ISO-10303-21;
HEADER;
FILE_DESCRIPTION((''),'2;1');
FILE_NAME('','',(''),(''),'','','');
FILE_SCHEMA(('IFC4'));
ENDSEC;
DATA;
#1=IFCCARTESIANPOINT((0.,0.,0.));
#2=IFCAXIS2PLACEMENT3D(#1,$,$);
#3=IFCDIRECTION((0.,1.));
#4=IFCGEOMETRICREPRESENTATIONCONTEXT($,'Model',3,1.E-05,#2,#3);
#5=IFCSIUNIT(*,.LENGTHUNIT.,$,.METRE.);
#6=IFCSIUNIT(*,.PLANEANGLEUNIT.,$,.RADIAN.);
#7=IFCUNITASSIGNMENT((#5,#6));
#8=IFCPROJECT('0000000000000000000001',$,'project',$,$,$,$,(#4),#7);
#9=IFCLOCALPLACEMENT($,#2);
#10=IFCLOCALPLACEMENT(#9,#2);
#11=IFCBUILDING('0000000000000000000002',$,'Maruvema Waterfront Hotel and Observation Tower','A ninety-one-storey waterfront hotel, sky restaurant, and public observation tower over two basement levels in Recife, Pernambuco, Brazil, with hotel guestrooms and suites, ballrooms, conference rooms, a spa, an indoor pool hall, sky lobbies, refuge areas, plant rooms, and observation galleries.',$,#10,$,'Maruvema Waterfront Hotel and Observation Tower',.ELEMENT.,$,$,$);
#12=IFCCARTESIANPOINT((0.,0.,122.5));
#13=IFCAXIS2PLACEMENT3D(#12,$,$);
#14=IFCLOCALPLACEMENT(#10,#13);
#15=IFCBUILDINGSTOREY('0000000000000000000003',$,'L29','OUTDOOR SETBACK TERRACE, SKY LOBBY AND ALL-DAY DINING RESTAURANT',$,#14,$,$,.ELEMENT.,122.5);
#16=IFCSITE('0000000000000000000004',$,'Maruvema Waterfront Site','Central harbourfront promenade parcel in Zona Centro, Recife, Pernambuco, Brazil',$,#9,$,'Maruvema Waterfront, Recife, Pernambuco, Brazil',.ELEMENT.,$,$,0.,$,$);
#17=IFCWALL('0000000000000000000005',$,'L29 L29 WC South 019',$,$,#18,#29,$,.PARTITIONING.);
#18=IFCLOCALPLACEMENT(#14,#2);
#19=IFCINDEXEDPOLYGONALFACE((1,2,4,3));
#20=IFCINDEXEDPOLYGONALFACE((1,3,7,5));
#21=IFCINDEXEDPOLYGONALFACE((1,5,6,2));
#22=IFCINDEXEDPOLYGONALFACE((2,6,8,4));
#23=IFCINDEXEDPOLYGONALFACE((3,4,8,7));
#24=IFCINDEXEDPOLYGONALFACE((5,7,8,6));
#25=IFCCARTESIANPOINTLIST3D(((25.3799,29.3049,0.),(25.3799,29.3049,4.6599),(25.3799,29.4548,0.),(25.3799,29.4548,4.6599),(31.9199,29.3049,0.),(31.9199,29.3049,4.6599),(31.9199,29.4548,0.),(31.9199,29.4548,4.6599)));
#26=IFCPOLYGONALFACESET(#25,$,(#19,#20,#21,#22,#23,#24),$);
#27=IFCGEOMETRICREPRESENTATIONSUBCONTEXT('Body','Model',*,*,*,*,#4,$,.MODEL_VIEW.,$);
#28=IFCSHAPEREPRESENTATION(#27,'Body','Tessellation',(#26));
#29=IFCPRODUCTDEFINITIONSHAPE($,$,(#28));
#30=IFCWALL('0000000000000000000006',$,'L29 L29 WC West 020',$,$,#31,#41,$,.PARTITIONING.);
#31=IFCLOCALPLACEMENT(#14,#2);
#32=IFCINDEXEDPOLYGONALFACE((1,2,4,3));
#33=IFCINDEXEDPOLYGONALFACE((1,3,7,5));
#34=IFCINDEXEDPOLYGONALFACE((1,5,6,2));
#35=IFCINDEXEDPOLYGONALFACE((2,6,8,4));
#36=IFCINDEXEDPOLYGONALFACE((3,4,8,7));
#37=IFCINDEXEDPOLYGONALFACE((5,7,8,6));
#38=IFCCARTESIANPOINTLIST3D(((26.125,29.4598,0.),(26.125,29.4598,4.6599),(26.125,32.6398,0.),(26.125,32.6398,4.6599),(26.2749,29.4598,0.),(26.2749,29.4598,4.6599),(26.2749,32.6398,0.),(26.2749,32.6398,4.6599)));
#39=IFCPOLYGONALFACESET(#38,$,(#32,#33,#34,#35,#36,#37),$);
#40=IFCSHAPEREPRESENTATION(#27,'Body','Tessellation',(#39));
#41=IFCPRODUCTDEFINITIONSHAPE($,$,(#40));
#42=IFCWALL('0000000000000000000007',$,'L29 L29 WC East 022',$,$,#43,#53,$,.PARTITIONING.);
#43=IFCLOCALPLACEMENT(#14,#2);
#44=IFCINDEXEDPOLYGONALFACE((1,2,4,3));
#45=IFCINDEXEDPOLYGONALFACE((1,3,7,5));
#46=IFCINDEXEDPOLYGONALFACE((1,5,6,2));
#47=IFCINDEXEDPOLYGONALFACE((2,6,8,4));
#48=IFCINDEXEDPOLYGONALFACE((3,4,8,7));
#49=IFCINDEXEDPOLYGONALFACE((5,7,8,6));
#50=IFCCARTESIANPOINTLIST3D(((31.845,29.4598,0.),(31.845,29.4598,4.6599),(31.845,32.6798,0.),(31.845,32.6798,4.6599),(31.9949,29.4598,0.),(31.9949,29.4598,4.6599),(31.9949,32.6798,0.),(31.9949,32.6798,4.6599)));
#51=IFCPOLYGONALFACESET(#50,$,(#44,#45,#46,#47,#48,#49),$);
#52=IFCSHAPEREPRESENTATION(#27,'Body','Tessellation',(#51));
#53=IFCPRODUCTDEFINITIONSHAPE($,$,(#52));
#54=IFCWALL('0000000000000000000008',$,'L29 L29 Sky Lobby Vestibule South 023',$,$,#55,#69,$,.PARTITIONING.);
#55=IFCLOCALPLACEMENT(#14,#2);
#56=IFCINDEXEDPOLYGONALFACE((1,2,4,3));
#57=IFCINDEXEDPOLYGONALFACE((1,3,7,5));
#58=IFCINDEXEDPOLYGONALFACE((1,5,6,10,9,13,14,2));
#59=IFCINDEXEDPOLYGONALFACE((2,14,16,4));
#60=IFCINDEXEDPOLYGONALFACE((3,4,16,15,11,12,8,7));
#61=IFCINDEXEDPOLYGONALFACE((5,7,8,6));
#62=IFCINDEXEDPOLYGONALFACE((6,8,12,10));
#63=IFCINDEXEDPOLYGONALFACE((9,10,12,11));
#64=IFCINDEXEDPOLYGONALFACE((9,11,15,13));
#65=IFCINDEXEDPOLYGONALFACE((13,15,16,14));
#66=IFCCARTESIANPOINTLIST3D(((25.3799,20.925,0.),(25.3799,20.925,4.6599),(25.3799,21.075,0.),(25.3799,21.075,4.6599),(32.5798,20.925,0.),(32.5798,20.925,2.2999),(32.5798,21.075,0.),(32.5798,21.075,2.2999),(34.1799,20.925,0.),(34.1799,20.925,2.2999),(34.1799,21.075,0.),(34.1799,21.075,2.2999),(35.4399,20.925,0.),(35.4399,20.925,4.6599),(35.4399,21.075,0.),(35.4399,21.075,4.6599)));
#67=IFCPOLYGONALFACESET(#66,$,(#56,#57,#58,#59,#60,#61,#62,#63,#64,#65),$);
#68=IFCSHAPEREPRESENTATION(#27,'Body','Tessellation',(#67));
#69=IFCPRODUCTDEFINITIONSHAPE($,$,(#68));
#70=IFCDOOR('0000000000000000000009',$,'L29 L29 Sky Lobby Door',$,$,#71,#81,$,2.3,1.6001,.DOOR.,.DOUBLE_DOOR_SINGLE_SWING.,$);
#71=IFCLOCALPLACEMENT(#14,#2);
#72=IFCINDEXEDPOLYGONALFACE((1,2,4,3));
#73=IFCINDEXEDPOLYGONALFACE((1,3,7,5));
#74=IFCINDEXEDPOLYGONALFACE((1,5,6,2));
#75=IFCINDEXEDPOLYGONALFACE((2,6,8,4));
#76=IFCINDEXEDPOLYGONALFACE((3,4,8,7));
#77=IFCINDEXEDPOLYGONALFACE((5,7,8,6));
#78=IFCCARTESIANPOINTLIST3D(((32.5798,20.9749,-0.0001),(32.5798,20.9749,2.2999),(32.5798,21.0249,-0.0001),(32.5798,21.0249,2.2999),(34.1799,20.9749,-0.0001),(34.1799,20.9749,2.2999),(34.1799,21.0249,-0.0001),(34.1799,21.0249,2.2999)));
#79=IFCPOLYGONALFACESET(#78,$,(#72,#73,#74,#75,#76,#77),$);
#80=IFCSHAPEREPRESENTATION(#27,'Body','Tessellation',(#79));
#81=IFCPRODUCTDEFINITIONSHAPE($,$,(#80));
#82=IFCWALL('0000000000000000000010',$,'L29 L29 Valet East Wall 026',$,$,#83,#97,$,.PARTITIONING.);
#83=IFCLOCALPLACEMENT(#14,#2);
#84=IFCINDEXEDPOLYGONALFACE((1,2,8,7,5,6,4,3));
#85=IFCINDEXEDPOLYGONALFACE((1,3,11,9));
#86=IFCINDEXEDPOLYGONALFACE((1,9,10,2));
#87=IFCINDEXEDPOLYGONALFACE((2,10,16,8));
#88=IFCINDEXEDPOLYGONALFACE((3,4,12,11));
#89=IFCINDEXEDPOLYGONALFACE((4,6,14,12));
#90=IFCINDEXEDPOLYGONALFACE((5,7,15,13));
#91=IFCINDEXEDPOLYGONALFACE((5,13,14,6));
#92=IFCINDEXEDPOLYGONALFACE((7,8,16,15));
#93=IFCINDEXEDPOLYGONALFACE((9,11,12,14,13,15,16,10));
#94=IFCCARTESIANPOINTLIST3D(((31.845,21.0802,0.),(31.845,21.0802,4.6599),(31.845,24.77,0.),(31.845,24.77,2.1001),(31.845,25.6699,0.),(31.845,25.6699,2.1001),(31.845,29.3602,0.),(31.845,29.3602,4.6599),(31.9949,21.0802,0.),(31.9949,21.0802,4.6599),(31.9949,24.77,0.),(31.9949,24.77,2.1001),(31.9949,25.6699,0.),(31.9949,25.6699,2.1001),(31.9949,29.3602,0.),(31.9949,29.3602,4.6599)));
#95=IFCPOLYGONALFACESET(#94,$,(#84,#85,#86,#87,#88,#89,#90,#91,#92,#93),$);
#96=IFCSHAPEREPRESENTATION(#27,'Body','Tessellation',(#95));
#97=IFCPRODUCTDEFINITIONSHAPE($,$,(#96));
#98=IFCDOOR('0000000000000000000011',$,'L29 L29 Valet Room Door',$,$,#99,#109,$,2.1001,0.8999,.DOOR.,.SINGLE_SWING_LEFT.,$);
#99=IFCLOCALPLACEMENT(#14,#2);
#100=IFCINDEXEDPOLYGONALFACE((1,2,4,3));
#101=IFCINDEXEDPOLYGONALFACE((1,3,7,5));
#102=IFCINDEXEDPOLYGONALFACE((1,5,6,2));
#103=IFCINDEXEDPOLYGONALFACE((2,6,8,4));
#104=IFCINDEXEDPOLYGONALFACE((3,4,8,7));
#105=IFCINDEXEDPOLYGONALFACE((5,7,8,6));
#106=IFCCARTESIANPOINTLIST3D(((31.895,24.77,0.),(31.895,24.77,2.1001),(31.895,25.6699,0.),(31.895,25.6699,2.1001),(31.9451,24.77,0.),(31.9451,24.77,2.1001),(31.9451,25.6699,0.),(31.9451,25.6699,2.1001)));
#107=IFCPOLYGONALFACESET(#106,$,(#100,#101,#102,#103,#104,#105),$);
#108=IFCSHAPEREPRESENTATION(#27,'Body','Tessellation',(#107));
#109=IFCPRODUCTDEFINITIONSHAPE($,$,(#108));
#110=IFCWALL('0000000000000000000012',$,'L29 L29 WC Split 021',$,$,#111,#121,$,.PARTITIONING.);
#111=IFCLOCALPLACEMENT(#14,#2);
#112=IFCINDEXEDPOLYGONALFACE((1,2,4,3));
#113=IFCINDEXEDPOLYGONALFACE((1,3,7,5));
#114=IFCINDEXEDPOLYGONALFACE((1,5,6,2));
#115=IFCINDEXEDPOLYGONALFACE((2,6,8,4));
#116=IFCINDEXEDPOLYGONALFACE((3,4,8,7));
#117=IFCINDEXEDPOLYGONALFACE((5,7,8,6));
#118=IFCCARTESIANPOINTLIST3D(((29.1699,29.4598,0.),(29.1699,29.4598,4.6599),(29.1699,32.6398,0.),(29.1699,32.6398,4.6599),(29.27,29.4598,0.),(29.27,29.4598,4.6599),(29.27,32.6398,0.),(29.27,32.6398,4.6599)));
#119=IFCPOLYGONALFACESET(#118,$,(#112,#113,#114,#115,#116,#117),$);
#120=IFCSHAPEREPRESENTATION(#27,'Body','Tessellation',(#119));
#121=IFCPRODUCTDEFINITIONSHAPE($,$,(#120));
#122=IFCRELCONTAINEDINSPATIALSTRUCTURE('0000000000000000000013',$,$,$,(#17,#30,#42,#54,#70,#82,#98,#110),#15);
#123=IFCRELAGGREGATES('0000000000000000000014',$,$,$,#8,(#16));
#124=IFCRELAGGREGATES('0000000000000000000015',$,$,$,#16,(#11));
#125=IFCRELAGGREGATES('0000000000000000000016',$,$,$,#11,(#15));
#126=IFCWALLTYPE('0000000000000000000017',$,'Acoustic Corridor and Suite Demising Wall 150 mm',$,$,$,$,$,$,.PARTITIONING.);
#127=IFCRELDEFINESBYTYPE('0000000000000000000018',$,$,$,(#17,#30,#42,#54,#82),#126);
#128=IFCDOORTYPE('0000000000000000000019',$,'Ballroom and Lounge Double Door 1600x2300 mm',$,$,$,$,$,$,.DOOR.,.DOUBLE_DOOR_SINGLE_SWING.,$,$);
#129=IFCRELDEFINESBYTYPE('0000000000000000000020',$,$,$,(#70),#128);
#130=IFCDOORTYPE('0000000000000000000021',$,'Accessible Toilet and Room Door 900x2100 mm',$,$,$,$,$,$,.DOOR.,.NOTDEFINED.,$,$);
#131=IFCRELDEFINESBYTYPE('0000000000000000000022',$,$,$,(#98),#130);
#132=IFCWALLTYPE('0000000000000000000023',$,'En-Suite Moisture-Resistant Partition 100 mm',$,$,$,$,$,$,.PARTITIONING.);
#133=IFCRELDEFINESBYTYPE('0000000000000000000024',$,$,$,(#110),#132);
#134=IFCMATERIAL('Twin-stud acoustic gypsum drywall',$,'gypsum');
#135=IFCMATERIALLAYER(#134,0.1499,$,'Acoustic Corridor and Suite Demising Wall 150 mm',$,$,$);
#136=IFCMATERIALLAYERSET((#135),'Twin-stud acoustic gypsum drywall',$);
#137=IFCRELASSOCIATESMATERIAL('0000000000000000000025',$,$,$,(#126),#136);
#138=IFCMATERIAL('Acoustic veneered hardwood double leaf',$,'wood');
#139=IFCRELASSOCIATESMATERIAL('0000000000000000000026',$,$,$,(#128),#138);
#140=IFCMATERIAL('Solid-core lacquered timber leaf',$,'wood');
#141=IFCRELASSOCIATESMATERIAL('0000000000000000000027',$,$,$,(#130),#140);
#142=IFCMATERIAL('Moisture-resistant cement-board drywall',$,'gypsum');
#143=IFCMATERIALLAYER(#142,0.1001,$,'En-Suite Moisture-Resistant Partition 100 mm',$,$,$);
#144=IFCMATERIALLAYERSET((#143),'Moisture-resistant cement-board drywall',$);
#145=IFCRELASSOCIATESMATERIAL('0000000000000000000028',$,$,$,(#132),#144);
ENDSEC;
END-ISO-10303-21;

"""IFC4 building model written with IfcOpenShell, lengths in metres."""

from ifc_helpers import new_model, si_unit, direction, frame, frame_2d, origin, place, context, subcontext, project, spatial, rectangle, extrude, material, layer, layer_set, type_object, element, fill, save


model = new_model("IFC4")

# Units and contexts
model_context = context("Model", 3, precision=1e-05, world=origin(), true_north=direction((0.0, 1.0)))
body_context = subcontext(model_context, "Body", "Model", "MODEL_VIEW")
ifc_project = project(units=[si_unit("LENGTHUNIT", "METRE"), si_unit("PLANEANGLEUNIT", "RADIAN")], contexts=[model_context])

# Site, building, storey
site_placement = place(None, origin())
site = spatial("IfcSite", under=ifc_project, at=site_placement, Name="Maruvema Waterfront Site", Description="Central harbourfront promenade parcel in Zona Centro, Recife, Pernambuco, Brazil", LongName="Maruvema Waterfront, Recife, Pernambuco, Brazil", CompositionType="ELEMENT", RefElevation=0.0)
building_placement = place(site_placement, origin())
building = spatial("IfcBuilding", under=site, at=building_placement, Name="Maruvema Waterfront Hotel and Observation Tower", Description="A ninety-one-storey waterfront hotel, sky restaurant, and public observation tower over two basement levels in Recife, Pernambuco, Brazil, with hotel guestrooms and suites, ballrooms, conference rooms, a spa, an indoor pool hall, sky lobbies, refuge areas, plant rooms, and observation galleries.", LongName="Maruvema Waterfront Hotel and Observation Tower", CompositionType="ELEMENT")
storey_placement = place(building_placement, frame((0.0, 0.0, 122.5)))
storey = spatial("IfcBuildingStorey", under=building, at=storey_placement, Name="L29", Description="OUTDOOR SETBACK TERRACE, SKY LOBBY AND ALL-DAY DINING RESTAURANT", CompositionType="ELEMENT", Elevation=122.5)

# Walls
ifc_material_1 = material(Name="Twin-stud acoustic gypsum drywall", Category="gypsum")
ifc_layer_1 = layer(ifc_material_1, 0.1499, Name="Acoustic Corridor and Suite Demising Wall 150 mm")
ifc_layer_set_1 = layer_set([ifc_layer_1], Name="Twin-stud acoustic gypsum drywall")
wall_type_1 = type_object("IfcWallType", Name="Acoustic Corridor and Suite Demising Wall 150 mm", PredefinedType="PARTITIONING", material=ifc_layer_set_1)
wall_1_placement = place(storey_placement, frame((25.3799, 29.3799, 0.0), z_axis=(0.0, 0.0, 1.0), x_axis=(1.0, 0.0, 0.0)))
element("IfcWall", 1, at=wall_1_placement, inside=storey, type_object=wall_type_1, Name="L29 L29 WC South 019", PredefinedType="PARTITIONING", context=body_context, shape_type="SweptSolid", body=[
    extrude(rectangle(XDim=6.54, YDim=0.1499, at=frame_2d((3.27, 0.0))), origin(), (0.0, 0.0, 1.0), 4.6599),
])
wall_2_placement = place(storey_placement, frame((26.2, 29.46, 0.0), z_axis=(0.0, 0.0, 1.0), x_axis=(0.0, 1.0, 0.0)))
element("IfcWall", 2, at=wall_2_placement, inside=storey, type_object=wall_type_1, Name="L29 L29 WC West 020", PredefinedType="PARTITIONING", context=body_context, shape_type="SweptSolid", body=[
    extrude(rectangle(XDim=3.1799, YDim=0.1499, at=frame_2d((1.5898, 0.0))), origin(), (0.0, 0.0, 1.0), 4.6599),
])
wall_3_placement = place(storey_placement, frame((31.9199, 29.46, 0.0), z_axis=(0.0, 0.0, 1.0), x_axis=(0.0, 1.0, 0.0)))
element("IfcWall", 3, at=wall_3_placement, inside=storey, type_object=wall_type_1, Name="L29 L29 WC East 022", PredefinedType="PARTITIONING", context=body_context, shape_type="SweptSolid", body=[
    extrude(rectangle(XDim=3.22, YDim=0.1499, at=frame_2d((1.6099, 0.0))), origin(), (0.0, 0.0, 1.0), 4.6599),
])

# Walls, openings, doors
wall_4_placement = place(storey_placement, frame((25.3799, 21.0, 0.0), z_axis=(0.0, 0.0, 1.0), x_axis=(1.0, 0.0, 0.0)))
wall_4 = element("IfcWall", 4, at=wall_4_placement, inside=storey, type_object=wall_type_1, Name="L29 L29 Sky Lobby Vestibule South 023", PredefinedType="PARTITIONING", context=body_context, shape_type="SweptSolid", body=[
    extrude(rectangle(XDim=10.0601, YDim=0.1499, at=frame_2d((5.03, 0.0))), origin(), (0.0, 0.0, 1.0), 4.6599),
])
opening_1_placement = place(wall_4_placement, frame((7.2, 0.0, 0.0)))
opening_1 = element("IfcOpeningElement", 5, at=opening_1_placement, cuts=wall_4, PredefinedType="OPENING", context=body_context, shape_type="SweptSolid", body=[
    extrude(rectangle(XDim=1.6001, YDim=2.3, at=frame_2d((0.8, 1.1499))), frame((0.0, 0.085, 0.0), z_axis=(0.0, -1.0, 0.0), x_axis=(1.0, 0.0, 0.0)), (0.0, 0.0, 1.0), 0.1699),
])
ifc_material_2 = material(Name="Acoustic veneered hardwood double leaf", Category="wood")
door_type_1 = type_object("IfcDoorType", Name="Ballroom and Lounge Double Door 1600x2300 mm", OperationType="DOUBLE_DOOR_SINGLE_SWING", PredefinedType="DOOR", material=ifc_material_2)
door_1_placement = place(opening_1_placement, origin())
door_1 = element("IfcDoor", 6, at=door_1_placement, inside=storey, type_object=door_type_1, Name="L29 L29 Sky Lobby Door", OperationType="DOUBLE_DOOR_SINGLE_SWING", OverallHeight=2.3, OverallWidth=1.6001, PredefinedType="DOOR", context=body_context, shape_type="SweptSolid", body=[
    extrude(rectangle(XDim=1.6001, YDim=2.3, at=frame_2d((0.8, 1.1499))), frame((0.0, 0.0249, 0.0), z_axis=(0.0, -1.0, 0.0), x_axis=(1.0, 0.0, 0.0)), (0.0, 0.0, 1.0), 0.05),
])
fill(opening_1, door_1)
wall_5_placement = place(storey_placement, frame((31.9199, 21.0801, 0.0), z_axis=(0.0, 0.0, 1.0), x_axis=(0.0, 1.0, 0.0)))
wall_5 = element("IfcWall", 7, at=wall_5_placement, inside=storey, type_object=wall_type_1, Name="L29 L29 Valet East Wall 026", PredefinedType="PARTITIONING", context=body_context, shape_type="SweptSolid", body=[
    extrude(rectangle(XDim=8.28, YDim=0.1499, at=frame_2d((4.1401, 0.0))), origin(), (0.0, 0.0, 1.0), 4.6599),
])
opening_2_placement = place(wall_5_placement, frame((3.6899, 0.0, 0.0)))
opening_2 = element("IfcOpeningElement", 8, at=opening_2_placement, cuts=wall_5, PredefinedType="OPENING", context=body_context, shape_type="SweptSolid", body=[
    extrude(rectangle(XDim=0.8999, YDim=2.1001, at=frame_2d((0.45, 1.05))), frame((0.0, 0.085, 0.0), z_axis=(0.0, -1.0, 0.0), x_axis=(1.0, 0.0, 0.0)), (0.0, 0.0, 1.0), 0.1699),
])
ifc_material_3 = material(Name="Solid-core lacquered timber leaf", Category="wood")
door_type_2 = type_object("IfcDoorType", Name="Accessible Toilet and Room Door 900x2100 mm", OperationType="NOTDEFINED", PredefinedType="DOOR", material=ifc_material_3)
door_2_placement = place(opening_2_placement, origin())
door_2 = element("IfcDoor", 9, at=door_2_placement, inside=storey, type_object=door_type_2, Name="L29 L29 Valet Room Door", OperationType="SINGLE_SWING_LEFT", OverallHeight=2.1001, OverallWidth=0.8999, PredefinedType="DOOR", context=body_context, shape_type="SweptSolid", body=[
    extrude(rectangle(XDim=0.8999, YDim=2.1001, at=frame_2d((0.45, 1.05))), frame((0.0, 0.0249, 0.0), z_axis=(0.0, -1.0, 0.0), x_axis=(1.0, 0.0, 0.0)), (0.0, 0.0, 1.0), 0.05),
])
fill(opening_2, door_2)

# Wall
ifc_material_4 = material(Name="Moisture-resistant cement-board drywall", Category="gypsum")
ifc_layer_2 = layer(ifc_material_4, 0.1001, Name="En-Suite Moisture-Resistant Partition 100 mm")
ifc_layer_set_2 = layer_set([ifc_layer_2], Name="Moisture-resistant cement-board drywall")
wall_type_2 = type_object("IfcWallType", Name="En-Suite Moisture-Resistant Partition 100 mm", PredefinedType="PARTITIONING", material=ifc_layer_set_2)
wall_6_placement = place(storey_placement, frame((29.22, 29.46, 0.0), z_axis=(0.0, 0.0, 1.0), x_axis=(0.0, 1.0, 0.0)))
element("IfcWall", 10, at=wall_6_placement, inside=storey, type_object=wall_type_2, Name="L29 L29 WC Split 021", PredefinedType="PARTITIONING", context=body_context, shape_type="SweptSolid", body=[
    extrude(rectangle(XDim=3.1799, YDim=0.1001, at=frame_2d((1.5898, 0.0))), origin(), (0.0, 0.0, 1.0), 4.6599),
])

save(model, "model.ifc")
